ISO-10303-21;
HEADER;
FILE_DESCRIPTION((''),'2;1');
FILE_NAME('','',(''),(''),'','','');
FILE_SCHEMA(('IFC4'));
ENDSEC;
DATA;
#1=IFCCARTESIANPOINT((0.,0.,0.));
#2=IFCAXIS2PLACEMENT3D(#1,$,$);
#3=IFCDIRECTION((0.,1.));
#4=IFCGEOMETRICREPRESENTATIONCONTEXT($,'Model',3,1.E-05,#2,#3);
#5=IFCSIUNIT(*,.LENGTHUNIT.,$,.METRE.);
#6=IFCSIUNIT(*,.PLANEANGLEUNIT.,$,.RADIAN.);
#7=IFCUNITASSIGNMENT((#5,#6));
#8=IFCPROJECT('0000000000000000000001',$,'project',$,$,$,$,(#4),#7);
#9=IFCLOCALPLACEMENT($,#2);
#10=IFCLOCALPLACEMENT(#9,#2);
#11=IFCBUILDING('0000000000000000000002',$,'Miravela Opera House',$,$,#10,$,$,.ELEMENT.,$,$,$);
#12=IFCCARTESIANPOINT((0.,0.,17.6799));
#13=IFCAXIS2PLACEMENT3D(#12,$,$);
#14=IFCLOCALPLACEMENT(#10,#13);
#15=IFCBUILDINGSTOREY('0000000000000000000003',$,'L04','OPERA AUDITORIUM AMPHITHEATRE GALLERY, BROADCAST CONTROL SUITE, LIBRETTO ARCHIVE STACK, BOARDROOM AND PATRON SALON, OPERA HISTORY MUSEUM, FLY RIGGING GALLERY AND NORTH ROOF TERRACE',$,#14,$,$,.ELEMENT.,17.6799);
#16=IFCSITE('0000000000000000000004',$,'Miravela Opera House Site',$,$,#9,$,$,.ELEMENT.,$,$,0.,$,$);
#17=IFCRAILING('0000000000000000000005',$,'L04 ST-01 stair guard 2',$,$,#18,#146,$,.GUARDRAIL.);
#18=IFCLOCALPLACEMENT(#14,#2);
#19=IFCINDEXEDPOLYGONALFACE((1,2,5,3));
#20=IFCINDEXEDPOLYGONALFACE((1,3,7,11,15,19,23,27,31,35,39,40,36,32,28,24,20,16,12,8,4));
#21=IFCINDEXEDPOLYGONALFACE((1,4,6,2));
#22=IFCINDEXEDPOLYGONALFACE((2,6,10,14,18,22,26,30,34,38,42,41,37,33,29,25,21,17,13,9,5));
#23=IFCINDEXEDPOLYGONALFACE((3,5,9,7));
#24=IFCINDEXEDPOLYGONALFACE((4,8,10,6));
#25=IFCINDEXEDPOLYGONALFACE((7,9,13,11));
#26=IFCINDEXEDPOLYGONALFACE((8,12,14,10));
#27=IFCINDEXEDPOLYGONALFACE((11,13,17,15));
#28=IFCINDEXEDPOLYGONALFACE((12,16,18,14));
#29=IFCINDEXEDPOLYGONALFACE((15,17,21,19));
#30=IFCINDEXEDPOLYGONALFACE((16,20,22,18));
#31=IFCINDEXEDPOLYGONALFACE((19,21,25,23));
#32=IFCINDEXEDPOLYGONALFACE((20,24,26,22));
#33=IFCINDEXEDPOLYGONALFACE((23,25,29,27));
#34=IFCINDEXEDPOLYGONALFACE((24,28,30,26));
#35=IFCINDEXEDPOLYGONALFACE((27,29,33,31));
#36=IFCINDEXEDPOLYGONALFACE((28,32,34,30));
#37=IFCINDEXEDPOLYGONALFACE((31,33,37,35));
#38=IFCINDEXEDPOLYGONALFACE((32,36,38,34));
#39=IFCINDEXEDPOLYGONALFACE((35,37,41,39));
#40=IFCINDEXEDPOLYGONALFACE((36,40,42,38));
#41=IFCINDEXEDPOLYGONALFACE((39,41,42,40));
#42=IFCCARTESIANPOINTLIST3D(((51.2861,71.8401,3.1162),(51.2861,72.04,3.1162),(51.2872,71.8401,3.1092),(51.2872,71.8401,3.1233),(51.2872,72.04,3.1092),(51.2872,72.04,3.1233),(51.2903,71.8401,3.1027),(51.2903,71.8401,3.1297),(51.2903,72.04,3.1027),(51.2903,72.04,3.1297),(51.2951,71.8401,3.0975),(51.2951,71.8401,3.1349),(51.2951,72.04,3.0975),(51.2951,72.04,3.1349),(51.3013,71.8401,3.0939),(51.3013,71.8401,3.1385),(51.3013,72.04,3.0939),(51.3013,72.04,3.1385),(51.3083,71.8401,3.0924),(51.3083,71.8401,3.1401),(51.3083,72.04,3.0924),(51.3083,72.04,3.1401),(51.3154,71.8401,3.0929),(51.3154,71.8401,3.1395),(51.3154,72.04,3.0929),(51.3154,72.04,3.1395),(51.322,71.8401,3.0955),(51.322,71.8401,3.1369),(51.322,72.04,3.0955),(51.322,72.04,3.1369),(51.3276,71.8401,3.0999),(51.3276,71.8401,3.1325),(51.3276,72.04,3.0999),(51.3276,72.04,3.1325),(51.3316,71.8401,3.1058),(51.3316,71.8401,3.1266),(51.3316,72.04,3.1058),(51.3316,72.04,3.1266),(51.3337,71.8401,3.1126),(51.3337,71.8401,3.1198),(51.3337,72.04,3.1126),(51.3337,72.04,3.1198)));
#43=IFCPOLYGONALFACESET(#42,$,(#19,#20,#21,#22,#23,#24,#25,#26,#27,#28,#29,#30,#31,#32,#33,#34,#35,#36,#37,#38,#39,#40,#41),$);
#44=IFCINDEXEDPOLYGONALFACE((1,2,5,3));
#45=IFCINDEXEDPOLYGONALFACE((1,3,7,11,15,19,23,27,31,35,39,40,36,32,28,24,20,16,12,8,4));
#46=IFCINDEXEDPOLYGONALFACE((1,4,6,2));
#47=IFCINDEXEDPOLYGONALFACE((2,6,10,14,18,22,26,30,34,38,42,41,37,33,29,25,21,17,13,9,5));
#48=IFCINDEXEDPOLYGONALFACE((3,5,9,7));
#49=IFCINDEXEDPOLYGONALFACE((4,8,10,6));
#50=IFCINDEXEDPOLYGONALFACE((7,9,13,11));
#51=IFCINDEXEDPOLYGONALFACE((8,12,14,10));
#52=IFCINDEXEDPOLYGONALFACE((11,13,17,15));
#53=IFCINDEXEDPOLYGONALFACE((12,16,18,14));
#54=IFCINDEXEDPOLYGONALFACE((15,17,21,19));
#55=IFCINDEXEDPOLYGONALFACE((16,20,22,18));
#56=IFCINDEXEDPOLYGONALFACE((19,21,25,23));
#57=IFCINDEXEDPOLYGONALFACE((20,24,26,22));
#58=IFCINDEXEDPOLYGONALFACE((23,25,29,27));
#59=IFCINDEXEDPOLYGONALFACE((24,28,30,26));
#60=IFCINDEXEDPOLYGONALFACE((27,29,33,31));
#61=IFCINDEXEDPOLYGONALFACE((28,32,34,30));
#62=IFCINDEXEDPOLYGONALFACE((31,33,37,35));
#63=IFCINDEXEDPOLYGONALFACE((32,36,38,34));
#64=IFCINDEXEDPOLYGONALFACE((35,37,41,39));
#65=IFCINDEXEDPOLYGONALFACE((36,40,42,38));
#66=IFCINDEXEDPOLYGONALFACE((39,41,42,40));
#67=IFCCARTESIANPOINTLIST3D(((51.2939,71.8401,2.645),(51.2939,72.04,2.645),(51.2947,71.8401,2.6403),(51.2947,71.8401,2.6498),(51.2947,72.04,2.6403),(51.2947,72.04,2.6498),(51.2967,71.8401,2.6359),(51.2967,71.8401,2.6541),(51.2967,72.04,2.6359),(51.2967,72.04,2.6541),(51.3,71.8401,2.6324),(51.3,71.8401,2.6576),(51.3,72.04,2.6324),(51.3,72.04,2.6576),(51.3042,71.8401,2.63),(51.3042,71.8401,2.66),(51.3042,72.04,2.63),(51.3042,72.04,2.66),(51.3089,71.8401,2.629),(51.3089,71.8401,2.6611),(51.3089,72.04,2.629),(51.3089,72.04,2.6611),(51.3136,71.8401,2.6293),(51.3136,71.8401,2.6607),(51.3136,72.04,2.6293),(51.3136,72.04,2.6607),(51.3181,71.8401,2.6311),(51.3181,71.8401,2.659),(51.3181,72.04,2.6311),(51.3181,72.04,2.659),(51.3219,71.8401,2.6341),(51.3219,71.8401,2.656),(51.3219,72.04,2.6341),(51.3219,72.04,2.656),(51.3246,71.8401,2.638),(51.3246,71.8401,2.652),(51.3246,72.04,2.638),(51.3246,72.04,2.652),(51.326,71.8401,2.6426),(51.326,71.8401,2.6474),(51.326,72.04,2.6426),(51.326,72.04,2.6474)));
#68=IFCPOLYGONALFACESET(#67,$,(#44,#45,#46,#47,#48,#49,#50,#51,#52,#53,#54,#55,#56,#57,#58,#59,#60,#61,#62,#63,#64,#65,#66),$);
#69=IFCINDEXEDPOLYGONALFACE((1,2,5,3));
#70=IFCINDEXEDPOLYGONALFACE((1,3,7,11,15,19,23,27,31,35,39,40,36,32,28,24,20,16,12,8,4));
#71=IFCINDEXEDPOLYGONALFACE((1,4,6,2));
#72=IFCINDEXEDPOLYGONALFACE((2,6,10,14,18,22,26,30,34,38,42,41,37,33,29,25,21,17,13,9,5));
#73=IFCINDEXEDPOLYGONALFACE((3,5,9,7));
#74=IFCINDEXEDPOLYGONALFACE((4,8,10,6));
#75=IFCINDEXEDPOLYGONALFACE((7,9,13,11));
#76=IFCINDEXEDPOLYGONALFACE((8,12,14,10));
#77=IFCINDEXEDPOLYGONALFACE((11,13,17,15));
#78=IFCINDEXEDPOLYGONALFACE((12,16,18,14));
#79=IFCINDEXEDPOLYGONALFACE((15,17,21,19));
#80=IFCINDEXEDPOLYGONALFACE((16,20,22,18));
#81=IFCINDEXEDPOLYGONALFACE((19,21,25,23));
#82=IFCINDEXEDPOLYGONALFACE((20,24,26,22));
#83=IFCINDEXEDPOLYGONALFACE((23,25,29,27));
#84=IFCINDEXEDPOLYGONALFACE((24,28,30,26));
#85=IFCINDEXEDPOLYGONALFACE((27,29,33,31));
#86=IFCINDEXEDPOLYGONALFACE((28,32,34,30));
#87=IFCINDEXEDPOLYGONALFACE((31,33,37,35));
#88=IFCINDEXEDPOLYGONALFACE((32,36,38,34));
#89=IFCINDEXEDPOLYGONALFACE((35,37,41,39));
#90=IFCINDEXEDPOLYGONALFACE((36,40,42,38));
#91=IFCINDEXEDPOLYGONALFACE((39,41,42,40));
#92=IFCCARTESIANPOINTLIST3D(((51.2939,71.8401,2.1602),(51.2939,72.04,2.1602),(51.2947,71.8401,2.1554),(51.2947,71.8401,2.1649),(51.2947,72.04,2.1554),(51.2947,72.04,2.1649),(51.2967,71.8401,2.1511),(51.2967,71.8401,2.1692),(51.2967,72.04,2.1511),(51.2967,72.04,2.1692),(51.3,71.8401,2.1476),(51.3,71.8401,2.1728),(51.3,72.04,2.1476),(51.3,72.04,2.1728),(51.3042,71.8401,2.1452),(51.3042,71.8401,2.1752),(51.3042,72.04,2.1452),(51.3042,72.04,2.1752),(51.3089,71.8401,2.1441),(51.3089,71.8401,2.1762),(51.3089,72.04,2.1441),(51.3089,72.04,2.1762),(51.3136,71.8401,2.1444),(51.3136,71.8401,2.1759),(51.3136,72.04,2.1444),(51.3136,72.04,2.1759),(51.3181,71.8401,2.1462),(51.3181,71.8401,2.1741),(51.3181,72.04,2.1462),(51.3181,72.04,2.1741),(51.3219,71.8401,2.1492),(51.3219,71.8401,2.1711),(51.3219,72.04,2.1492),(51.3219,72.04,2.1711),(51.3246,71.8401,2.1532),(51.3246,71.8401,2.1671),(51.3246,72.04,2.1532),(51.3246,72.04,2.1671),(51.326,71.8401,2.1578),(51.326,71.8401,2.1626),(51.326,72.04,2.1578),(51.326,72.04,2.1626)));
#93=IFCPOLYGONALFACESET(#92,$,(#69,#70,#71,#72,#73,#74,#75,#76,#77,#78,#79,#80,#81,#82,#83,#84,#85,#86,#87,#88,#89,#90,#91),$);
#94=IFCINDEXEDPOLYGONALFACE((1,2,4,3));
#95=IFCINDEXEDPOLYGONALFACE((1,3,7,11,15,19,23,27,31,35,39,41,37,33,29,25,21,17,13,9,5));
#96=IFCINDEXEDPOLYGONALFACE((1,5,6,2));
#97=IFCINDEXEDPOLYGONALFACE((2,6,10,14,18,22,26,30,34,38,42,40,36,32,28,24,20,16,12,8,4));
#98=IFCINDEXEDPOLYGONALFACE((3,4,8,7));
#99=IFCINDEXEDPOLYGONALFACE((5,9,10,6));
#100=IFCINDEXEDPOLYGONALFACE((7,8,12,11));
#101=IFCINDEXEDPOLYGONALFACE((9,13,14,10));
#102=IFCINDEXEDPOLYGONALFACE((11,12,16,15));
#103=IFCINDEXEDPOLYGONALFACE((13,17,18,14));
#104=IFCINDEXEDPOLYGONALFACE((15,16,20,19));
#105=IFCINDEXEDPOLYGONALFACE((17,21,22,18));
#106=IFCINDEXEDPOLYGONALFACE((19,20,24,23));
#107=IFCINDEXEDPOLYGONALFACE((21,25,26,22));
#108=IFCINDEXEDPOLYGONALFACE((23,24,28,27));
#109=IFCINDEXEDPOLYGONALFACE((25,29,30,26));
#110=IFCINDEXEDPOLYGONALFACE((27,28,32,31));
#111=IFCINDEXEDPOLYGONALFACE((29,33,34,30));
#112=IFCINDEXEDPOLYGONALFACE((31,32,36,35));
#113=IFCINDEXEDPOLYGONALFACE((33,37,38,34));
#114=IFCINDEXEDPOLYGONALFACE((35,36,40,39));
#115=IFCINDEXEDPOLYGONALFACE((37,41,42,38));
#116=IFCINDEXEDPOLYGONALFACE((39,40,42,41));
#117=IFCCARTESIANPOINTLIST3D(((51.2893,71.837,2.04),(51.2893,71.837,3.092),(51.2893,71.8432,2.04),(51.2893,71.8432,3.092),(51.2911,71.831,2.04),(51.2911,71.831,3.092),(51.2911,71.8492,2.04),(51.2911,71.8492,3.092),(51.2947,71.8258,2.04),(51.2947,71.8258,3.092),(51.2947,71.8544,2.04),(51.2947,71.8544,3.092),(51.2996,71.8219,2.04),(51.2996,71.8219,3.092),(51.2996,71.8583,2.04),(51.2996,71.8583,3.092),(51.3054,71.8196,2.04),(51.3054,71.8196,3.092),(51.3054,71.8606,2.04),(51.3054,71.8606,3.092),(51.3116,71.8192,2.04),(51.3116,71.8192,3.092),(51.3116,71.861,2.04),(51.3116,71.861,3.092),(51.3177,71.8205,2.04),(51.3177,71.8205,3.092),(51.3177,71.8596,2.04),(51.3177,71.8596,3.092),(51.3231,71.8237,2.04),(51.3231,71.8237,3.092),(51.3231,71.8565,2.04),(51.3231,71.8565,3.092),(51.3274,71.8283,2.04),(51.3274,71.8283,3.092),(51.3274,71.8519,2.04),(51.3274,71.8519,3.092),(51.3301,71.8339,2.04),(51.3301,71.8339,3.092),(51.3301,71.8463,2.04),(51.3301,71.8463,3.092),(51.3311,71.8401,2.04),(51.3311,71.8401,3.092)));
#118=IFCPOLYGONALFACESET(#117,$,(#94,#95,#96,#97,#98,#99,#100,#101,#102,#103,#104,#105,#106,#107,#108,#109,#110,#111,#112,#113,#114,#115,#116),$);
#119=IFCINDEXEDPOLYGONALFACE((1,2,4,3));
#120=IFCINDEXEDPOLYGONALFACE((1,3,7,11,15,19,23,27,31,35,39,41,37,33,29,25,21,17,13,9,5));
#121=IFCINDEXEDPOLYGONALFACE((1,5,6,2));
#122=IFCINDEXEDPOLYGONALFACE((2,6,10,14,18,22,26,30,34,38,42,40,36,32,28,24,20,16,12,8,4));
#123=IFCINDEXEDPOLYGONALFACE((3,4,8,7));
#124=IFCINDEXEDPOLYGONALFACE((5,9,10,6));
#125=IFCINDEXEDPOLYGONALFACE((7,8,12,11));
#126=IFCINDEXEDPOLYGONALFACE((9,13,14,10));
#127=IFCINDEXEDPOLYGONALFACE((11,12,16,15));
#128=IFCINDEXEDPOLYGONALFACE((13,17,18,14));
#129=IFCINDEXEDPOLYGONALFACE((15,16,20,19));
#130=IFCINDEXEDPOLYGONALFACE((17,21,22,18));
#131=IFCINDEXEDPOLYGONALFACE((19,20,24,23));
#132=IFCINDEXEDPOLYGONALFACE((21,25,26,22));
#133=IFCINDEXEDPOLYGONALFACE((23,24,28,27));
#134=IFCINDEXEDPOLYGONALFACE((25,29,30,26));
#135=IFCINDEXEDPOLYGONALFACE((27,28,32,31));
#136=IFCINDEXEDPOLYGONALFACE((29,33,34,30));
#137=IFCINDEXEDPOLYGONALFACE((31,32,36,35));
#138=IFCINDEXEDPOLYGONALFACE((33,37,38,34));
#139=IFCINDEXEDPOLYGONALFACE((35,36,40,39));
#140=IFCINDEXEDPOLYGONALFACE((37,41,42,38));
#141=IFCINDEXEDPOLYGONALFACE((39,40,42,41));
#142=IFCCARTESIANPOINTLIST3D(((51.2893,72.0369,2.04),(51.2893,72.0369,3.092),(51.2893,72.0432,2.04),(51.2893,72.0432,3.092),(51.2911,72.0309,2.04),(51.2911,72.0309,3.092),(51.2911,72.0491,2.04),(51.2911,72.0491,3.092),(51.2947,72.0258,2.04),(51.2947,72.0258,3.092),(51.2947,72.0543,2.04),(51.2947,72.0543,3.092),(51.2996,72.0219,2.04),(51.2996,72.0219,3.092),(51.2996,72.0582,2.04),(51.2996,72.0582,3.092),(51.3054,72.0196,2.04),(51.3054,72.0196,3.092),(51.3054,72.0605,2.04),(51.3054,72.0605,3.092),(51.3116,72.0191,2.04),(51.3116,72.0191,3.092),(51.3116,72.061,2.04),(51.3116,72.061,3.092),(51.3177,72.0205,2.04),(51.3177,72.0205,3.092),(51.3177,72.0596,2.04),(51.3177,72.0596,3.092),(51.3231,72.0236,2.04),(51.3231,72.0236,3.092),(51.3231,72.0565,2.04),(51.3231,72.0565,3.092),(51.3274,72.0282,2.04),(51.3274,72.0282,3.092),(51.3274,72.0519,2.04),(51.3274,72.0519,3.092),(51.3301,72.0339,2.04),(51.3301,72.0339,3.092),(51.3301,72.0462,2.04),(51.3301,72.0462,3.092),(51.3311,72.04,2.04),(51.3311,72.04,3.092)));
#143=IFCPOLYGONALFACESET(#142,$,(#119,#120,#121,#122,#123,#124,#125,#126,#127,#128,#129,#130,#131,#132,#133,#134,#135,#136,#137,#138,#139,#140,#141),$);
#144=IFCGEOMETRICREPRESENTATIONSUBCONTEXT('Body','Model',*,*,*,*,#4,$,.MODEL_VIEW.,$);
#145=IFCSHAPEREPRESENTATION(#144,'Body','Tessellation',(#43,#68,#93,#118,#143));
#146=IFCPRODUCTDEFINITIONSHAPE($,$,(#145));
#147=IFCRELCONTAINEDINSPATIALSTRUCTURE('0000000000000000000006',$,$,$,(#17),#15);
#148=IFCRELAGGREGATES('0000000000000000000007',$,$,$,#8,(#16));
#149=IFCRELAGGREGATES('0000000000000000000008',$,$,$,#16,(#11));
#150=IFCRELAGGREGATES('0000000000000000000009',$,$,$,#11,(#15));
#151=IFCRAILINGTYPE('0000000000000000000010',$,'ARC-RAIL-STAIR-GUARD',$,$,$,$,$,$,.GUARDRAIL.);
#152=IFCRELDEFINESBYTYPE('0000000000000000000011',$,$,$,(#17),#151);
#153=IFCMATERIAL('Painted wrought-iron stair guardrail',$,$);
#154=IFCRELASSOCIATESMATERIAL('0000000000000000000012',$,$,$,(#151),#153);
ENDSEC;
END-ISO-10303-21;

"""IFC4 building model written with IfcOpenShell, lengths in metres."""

from ifc_helpers import new_model, si_unit, direction, frame, origin, origin_2d, place, context, subcontext, project, spatial, circle, extrude, material, type_object, element, save


model = new_model("IFC4")

# Units and contexts
model_context = context("Model", 3, precision=1e-05, world=origin(), true_north=direction((0.0, 1.0)))
body_context = subcontext(model_context, "Body", "Model", "MODEL_VIEW")
ifc_project = project(units=[si_unit("LENGTHUNIT", "METRE"), si_unit("PLANEANGLEUNIT", "RADIAN")], contexts=[model_context])

# Site, building, storey
site_placement = place(None, origin())
site = spatial("IfcSite", under=ifc_project, at=site_placement, Name="Miravela Opera House Site", CompositionType="ELEMENT", RefElevation=0.0)
building_placement = place(site_placement, origin())
building = spatial("IfcBuilding", under=site, at=building_placement, Name="Miravela Opera House", CompositionType="ELEMENT")
storey_placement = place(building_placement, frame((0.0, 0.0, 17.6799)))
storey = spatial("IfcBuildingStorey", under=building, at=storey_placement, Name="L04", Description="OPERA AUDITORIUM AMPHITHEATRE GALLERY, BROADCAST CONTROL SUITE, LIBRETTO ARCHIVE STACK, BOARDROOM AND PATRON SALON, OPERA HISTORY MUSEUM, FLY RIGGING GALLERY AND NORTH ROOF TERRACE", CompositionType="ELEMENT", Elevation=17.6799)

# Railing
ifc_material_1 = material(Name="Painted wrought-iron stair guardrail")
railing_type_1 = type_object("IfcRailingType", Name="ARC-RAIL-STAIR-GUARD", PredefinedType="GUARDRAIL", material=ifc_material_1)
railing_1_placement = place(storey_placement, frame((51.3101, 71.8401, 2.04)))
element("IfcRailing", 1, at=railing_1_placement, inside=storey, type_object=railing_type_1, Name="L04 ST-01 stair guard 2", PredefinedType="GUARDRAIL", context=body_context, shape_type="SweptSolid", body=[
    extrude(circle(Radius=0.0239, at=origin_2d()), frame((0.0, 0.0, 1.0762), z_axis=(0.0, 1.0, 0.0), x_axis=(-1.0, 0.0, 0.0)), (0.0, 0.0, 1.0), 0.2),
    extrude(circle(Radius=0.0161, at=origin_2d()), frame((0.0, 0.0, 0.605), z_axis=(0.0, 1.0, 0.0), x_axis=(-1.0, 0.0, 0.0)), (0.0, 0.0, 1.0), 0.2),
    extrude(circle(Radius=0.0161, at=origin_2d()), frame((0.0, 0.0, 0.1201), z_axis=(0.0, 1.0, 0.0), x_axis=(-1.0, 0.0, 0.0)), (0.0, 0.0, 1.0), 0.2),
    extrude(circle(Radius=0.021, at=origin_2d()), origin(), (0.0, 0.0, 1.0), 1.052),
    extrude(circle(Radius=0.021, at=origin_2d()), frame((0.0, 0.2, 0.0)), (0.0, 0.0, 1.0), 1.052),
])

save(model, "model.ifc")
